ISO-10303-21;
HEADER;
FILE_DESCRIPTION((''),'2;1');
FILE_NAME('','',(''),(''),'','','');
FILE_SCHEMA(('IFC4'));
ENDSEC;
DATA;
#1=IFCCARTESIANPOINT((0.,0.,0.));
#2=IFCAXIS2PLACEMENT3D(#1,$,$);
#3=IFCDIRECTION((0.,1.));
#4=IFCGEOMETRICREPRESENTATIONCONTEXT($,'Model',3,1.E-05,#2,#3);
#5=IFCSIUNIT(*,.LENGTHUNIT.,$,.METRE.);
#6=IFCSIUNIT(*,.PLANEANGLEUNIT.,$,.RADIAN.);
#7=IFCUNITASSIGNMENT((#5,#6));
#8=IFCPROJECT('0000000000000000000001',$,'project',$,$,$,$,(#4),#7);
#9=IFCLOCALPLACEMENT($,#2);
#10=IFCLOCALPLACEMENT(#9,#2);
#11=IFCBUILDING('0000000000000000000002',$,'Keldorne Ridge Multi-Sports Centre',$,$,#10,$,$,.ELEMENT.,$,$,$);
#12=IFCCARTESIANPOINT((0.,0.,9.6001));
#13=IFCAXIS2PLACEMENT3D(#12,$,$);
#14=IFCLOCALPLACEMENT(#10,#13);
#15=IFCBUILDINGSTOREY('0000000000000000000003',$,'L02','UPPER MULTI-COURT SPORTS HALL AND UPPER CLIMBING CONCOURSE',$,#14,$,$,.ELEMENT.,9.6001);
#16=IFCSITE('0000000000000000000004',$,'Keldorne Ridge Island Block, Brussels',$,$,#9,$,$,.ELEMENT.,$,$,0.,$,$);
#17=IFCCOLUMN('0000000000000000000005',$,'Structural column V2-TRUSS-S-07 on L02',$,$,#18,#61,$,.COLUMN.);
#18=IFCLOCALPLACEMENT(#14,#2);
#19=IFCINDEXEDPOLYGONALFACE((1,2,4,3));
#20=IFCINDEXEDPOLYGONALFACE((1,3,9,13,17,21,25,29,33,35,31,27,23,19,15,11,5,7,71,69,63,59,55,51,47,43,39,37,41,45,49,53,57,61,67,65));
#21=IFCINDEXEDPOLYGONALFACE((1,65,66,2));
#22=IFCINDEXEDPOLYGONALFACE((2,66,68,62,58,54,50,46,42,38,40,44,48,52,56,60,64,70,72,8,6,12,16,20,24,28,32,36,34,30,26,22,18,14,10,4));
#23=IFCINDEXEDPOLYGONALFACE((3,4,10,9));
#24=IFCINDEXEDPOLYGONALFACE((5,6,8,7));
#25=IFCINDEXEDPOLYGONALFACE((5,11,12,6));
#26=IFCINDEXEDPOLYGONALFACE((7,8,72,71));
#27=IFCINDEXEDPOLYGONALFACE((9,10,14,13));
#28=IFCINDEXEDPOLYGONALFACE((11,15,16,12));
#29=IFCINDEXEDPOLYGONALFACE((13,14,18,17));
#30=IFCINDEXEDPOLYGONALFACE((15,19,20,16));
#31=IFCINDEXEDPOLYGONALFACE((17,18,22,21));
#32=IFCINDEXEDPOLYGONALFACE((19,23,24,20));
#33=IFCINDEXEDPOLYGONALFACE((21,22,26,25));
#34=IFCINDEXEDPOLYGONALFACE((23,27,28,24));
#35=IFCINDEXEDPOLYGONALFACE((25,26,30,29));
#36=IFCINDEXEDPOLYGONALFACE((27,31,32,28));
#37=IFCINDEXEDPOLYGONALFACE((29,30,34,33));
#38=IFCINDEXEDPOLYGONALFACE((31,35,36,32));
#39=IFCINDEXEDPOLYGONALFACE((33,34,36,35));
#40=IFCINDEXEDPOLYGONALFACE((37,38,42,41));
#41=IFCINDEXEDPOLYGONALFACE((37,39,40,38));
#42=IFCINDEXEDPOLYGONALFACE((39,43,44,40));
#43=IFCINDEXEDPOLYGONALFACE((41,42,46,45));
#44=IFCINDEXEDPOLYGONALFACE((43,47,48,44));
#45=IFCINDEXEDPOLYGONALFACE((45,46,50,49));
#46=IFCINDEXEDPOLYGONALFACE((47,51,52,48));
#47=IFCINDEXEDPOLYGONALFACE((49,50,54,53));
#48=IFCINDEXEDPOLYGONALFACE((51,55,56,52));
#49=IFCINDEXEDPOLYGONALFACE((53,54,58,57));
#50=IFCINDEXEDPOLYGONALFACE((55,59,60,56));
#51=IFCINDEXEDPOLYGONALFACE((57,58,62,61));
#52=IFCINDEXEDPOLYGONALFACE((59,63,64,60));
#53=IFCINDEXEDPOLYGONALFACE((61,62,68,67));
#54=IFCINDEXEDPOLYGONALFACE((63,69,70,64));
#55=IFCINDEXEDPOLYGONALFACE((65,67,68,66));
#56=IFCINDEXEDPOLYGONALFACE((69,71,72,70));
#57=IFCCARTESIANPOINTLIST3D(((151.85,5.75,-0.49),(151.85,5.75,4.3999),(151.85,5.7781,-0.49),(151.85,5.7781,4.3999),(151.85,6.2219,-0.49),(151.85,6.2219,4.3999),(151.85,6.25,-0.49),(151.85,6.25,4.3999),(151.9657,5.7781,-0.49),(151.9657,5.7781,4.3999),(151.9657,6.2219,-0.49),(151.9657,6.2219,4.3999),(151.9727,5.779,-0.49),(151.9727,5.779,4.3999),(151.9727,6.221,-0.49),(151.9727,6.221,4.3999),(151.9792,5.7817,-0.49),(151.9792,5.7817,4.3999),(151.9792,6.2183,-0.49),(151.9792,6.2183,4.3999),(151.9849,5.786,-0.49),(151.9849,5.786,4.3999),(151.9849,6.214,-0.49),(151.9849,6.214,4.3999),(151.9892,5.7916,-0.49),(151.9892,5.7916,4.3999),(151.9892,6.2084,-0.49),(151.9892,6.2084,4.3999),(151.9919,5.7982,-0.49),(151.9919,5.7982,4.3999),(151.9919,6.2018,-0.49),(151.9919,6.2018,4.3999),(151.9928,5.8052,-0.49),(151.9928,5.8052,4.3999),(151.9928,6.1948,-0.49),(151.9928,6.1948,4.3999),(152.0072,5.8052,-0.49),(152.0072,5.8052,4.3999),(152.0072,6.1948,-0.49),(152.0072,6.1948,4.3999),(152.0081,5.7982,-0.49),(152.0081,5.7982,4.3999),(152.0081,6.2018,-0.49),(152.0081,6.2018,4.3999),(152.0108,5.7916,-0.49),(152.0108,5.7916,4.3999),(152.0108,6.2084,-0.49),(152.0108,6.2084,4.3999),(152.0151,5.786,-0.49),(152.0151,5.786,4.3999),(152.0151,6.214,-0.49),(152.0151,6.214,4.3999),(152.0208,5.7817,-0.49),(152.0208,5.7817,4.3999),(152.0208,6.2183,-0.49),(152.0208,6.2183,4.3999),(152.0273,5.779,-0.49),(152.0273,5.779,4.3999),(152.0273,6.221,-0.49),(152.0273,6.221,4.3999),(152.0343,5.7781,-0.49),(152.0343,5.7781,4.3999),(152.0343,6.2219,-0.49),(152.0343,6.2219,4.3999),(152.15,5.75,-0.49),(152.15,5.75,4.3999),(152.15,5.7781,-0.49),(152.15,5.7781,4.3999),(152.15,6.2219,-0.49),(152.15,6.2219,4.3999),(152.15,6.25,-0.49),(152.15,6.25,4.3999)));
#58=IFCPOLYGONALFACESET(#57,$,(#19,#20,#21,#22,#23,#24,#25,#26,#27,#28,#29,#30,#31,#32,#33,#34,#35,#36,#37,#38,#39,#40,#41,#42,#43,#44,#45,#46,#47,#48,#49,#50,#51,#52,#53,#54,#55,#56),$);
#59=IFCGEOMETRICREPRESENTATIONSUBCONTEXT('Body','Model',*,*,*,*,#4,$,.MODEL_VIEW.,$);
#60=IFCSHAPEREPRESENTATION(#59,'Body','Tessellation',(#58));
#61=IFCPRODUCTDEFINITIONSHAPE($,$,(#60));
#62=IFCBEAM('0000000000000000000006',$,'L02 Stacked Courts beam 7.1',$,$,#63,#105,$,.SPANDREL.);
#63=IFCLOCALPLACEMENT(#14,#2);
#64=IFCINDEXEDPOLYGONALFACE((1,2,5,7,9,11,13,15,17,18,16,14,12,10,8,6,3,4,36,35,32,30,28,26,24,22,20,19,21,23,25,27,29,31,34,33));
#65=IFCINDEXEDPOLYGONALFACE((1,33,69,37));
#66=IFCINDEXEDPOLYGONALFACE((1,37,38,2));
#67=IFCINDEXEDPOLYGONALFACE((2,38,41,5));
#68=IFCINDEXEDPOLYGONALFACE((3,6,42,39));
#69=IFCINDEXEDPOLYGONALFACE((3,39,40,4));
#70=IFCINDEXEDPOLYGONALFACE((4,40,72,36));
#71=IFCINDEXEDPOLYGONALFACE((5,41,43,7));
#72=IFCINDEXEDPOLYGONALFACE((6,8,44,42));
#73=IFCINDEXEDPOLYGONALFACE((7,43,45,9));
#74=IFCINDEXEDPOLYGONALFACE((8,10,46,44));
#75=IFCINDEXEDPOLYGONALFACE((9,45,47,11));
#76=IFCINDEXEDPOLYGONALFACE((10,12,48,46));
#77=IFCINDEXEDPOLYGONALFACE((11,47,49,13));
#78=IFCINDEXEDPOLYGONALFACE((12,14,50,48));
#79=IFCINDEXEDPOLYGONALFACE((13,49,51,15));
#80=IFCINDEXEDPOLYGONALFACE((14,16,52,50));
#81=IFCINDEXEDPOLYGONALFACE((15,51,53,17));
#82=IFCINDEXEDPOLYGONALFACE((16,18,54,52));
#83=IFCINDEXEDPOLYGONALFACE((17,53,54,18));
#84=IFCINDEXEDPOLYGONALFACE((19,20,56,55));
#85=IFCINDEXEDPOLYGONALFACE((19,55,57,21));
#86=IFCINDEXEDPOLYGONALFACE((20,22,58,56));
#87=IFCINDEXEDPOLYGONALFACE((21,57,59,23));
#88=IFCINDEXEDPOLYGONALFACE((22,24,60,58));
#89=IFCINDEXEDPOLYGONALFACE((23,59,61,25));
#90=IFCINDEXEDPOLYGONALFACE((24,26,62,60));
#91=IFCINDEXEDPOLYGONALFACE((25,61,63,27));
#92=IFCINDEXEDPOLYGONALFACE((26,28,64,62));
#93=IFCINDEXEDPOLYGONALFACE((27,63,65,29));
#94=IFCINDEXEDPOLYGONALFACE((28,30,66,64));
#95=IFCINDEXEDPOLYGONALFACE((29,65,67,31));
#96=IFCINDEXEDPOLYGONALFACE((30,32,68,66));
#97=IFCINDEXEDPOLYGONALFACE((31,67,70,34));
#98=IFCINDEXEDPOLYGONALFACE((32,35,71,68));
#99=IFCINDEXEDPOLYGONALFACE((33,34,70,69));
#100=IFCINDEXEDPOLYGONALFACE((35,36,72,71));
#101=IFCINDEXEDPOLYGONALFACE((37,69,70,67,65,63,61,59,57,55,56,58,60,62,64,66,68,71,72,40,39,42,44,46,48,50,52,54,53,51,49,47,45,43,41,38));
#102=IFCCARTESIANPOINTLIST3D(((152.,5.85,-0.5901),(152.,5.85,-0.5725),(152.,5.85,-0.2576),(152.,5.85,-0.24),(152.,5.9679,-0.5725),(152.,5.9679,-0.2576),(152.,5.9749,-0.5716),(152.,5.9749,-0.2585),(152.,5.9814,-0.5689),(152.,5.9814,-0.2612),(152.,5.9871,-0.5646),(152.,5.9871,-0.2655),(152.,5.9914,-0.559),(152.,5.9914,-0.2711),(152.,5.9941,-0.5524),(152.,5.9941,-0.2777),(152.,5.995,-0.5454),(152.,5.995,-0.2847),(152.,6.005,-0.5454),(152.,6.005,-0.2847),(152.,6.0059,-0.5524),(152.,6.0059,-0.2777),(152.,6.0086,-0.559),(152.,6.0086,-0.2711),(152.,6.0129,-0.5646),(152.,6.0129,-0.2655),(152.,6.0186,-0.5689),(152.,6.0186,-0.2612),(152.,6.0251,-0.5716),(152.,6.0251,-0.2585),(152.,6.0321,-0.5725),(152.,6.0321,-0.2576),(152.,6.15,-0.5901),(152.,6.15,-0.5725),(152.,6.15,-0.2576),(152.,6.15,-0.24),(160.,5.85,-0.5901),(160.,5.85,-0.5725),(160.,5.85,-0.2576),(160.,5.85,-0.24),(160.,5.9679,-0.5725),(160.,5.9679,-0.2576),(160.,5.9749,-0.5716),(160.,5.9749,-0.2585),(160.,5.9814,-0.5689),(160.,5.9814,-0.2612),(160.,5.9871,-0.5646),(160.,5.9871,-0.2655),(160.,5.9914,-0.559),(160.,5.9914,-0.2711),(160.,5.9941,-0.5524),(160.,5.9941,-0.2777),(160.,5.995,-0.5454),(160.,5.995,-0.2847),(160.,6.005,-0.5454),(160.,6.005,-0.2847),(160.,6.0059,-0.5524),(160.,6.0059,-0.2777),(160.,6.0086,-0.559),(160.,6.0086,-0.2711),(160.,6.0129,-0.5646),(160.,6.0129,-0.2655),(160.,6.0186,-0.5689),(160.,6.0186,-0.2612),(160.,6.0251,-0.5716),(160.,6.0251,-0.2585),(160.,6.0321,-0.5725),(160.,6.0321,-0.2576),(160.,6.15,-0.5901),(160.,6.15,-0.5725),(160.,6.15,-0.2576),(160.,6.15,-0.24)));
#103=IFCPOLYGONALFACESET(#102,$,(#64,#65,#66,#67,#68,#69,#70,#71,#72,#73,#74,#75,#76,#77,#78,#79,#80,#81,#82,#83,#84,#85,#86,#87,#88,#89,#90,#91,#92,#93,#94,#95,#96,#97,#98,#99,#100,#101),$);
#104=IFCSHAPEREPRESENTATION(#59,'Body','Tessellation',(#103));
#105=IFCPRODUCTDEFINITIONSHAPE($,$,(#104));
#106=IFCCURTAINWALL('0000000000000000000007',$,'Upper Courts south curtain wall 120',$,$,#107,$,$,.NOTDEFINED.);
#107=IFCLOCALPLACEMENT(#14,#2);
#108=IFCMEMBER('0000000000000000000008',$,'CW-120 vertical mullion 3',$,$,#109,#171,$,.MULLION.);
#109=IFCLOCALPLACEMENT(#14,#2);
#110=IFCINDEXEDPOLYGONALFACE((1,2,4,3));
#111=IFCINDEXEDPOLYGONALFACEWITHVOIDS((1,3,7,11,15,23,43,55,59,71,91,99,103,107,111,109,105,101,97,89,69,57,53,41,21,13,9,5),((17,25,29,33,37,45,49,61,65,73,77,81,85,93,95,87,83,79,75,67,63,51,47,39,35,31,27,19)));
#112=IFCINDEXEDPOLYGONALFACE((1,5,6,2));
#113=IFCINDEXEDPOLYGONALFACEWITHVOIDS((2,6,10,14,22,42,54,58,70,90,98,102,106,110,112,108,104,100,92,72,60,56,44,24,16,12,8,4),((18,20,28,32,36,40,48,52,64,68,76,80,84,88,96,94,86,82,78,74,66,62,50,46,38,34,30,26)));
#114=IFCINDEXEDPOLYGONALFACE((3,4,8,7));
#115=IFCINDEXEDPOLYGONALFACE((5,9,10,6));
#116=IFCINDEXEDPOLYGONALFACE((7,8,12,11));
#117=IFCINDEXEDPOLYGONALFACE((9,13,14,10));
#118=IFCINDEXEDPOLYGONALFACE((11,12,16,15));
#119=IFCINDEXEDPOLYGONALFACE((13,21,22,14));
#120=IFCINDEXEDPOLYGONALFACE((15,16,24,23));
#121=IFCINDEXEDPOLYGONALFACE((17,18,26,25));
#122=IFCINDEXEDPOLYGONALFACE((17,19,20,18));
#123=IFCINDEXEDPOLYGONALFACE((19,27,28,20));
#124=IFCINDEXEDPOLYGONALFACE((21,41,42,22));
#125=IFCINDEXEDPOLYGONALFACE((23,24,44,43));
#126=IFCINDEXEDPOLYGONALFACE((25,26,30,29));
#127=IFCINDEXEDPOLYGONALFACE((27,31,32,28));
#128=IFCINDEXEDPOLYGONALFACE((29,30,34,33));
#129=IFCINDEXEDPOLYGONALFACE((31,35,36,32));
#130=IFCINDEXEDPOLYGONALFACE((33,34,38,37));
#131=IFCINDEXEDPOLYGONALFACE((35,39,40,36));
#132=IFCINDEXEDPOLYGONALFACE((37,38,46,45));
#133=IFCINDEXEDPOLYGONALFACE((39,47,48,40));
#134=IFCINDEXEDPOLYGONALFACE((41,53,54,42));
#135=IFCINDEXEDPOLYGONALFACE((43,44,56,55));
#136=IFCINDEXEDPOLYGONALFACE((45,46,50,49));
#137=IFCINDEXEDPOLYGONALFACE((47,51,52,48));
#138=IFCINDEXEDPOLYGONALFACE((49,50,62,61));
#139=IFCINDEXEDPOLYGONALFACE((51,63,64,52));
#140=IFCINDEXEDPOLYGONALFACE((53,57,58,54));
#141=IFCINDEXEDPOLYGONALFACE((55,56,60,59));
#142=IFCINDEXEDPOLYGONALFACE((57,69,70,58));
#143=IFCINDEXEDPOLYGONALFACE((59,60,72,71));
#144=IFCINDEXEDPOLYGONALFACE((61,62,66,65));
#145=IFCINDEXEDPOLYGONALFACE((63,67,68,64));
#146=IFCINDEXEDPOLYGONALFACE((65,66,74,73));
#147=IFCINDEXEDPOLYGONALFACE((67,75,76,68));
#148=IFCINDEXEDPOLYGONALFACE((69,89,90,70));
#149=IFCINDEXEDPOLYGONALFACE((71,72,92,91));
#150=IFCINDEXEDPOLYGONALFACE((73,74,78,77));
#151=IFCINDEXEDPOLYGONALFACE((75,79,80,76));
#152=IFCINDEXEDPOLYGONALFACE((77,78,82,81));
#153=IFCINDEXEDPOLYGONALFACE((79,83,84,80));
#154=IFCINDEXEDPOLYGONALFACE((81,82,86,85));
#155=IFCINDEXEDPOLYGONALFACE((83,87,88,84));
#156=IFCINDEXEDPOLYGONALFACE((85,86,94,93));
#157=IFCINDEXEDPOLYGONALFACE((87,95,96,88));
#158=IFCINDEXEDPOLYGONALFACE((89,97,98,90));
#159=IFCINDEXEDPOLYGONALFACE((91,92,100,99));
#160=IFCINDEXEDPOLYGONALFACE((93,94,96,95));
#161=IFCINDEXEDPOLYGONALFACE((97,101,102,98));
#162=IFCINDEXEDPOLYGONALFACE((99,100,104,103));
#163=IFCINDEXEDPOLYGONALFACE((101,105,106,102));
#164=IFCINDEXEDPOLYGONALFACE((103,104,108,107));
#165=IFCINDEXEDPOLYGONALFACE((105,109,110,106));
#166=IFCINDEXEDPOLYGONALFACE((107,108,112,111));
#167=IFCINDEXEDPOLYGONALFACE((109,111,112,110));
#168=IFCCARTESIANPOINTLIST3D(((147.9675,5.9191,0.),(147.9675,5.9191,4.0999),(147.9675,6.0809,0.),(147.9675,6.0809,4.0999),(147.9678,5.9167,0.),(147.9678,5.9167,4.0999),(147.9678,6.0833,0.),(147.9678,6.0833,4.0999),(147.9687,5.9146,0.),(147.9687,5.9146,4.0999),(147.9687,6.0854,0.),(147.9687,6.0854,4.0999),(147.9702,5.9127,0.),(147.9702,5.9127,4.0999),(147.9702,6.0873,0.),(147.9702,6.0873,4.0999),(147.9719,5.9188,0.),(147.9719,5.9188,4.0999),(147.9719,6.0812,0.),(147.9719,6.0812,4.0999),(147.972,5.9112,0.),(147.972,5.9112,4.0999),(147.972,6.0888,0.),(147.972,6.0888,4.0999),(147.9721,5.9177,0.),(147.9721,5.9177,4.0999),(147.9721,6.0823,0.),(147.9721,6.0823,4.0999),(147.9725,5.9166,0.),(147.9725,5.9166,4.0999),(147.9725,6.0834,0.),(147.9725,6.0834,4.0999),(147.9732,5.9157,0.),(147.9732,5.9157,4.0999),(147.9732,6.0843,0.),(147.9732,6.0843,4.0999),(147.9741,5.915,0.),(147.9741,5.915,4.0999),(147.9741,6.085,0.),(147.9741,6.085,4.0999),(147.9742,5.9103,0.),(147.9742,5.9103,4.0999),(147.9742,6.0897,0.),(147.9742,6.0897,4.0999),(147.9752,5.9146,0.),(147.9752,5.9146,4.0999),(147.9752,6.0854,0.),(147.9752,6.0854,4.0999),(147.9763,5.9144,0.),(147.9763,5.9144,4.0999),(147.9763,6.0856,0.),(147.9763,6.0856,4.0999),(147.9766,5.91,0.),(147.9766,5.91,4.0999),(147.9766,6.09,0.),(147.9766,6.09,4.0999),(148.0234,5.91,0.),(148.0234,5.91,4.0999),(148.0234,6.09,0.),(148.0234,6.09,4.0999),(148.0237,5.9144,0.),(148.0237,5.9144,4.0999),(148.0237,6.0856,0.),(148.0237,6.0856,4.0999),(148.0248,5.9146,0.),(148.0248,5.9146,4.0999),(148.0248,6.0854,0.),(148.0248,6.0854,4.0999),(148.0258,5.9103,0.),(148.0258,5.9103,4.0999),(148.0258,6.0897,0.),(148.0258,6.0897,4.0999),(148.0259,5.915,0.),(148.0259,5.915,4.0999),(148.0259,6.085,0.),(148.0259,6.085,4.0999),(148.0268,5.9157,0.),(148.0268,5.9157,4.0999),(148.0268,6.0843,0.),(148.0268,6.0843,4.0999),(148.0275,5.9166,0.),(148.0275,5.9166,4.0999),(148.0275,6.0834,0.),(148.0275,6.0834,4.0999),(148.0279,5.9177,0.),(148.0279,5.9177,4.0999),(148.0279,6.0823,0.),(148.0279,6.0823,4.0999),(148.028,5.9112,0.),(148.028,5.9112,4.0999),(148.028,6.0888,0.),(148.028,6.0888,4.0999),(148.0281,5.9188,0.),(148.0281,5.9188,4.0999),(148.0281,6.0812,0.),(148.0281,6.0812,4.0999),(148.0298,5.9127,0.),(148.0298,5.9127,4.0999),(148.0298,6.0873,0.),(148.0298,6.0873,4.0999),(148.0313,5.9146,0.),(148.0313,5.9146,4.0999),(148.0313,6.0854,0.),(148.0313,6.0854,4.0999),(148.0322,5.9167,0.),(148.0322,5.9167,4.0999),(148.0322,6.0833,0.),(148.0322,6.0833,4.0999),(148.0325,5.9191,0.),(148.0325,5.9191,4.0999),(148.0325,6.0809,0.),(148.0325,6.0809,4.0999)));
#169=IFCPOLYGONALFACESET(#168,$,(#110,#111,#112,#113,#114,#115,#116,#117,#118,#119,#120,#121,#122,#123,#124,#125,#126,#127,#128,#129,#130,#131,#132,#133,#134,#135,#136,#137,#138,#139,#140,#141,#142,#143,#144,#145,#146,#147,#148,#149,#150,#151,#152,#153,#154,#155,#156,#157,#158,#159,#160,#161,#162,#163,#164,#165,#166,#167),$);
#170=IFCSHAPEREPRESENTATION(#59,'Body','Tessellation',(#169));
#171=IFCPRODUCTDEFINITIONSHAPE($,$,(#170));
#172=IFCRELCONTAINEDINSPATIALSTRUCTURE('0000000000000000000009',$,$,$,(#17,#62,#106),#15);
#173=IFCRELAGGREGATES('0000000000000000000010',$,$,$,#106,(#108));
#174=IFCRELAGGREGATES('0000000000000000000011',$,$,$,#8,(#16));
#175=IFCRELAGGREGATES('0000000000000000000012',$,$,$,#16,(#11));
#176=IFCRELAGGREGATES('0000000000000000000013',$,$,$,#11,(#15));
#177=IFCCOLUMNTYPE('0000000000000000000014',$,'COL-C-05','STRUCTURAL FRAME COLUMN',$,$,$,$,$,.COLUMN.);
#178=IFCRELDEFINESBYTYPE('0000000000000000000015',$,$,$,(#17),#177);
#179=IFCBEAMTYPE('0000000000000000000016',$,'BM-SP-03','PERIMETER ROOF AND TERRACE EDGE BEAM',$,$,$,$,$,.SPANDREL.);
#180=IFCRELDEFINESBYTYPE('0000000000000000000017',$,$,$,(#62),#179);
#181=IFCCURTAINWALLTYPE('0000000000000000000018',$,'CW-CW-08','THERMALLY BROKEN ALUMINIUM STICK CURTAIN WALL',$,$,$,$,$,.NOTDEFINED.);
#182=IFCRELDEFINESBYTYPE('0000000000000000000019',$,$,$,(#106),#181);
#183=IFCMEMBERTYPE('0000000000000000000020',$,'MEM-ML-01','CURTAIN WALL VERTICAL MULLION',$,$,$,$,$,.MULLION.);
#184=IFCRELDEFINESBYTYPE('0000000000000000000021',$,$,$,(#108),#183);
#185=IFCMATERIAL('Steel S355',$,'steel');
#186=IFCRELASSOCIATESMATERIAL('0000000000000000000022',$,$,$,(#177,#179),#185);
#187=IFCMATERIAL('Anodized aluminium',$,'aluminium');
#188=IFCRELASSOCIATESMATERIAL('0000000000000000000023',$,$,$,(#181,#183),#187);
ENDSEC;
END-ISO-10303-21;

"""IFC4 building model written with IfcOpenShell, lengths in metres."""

from ifc_helpers import new_model, si_unit, direction, frame, origin, origin_2d, place, context, subcontext, project, spatial, hollow_rectangle, i_section, extrude, material, material_profile, profile_set, type_object, element, aggregate, save


model = new_model("IFC4")

# Units and contexts
model_context = context("Model", 3, precision=1e-05, world=origin(), true_north=direction((0.0, 1.0)))
body_context = subcontext(model_context, "Body", "Model", "MODEL_VIEW")
ifc_project = project(units=[si_unit("LENGTHUNIT", "METRE"), si_unit("PLANEANGLEUNIT", "RADIAN")], contexts=[model_context])

# Site, building, storey
site_placement = place(None, origin())
site = spatial("IfcSite", under=ifc_project, at=site_placement, Name="Keldorne Ridge Island Block, Brussels", CompositionType="ELEMENT", RefElevation=0.0)
building_placement = place(site_placement, origin())
building = spatial("IfcBuilding", under=site, at=building_placement, Name="Keldorne Ridge Multi-Sports Centre", CompositionType="ELEMENT")
storey_placement = place(building_placement, frame((0.0, 0.0, 9.6001)))
storey = spatial("IfcBuildingStorey", under=building, at=storey_placement, Name="L02", Description="UPPER MULTI-COURT SPORTS HALL AND UPPER CLIMBING CONCOURSE", CompositionType="ELEMENT", Elevation=9.6001)

# Column
ifc_material_1 = material(Name="Steel S355", Category="steel")
ifc_material_profile_1 = material_profile(ifc_material_1, i_section(OverallWidth=0.3, OverallDepth=0.5, WebThickness=0.0144, FlangeThickness=0.0281, FilletRadius=0.0271, at=origin_2d()), Name="HEB 500")
ifc_profile_set_1 = profile_set([ifc_material_profile_1], Name="Steel S355")
column_type = type_object("IfcColumnType", Name="COL-C-05", Description="STRUCTURAL FRAME COLUMN", PredefinedType="COLUMN", material=ifc_profile_set_1)
column_placement = place(storey_placement, frame((152.0, 6.0, -0.49), z_axis=(0.0, 0.0, 1.0), x_axis=(1.0, 0.0, 0.0)))
element("IfcColumn", 1, at=column_placement, inside=storey, type_object=column_type, Name="Structural column V2-TRUSS-S-07 on L02", PredefinedType="COLUMN", context=body_context, shape_type="SweptSolid", body=[
    extrude(i_section(OverallWidth=0.3, OverallDepth=0.5, WebThickness=0.0144, FlangeThickness=0.0281, FilletRadius=0.0271, at=origin_2d()), origin(), (0.0, 0.0, 1.0), 4.8899),
])

# Beam
ifc_material_profile_2 = material_profile(ifc_material_1, i_section(OverallWidth=0.3, OverallDepth=0.3501, WebThickness=0.01, FlangeThickness=0.0176, FilletRadius=0.0271, at=origin_2d()), Name="HEA 360")
ifc_profile_set_2 = profile_set([ifc_material_profile_2], Name="Steel S355")
beam_type = type_object("IfcBeamType", Name="BM-SP-03", Description="PERIMETER ROOF AND TERRACE EDGE BEAM", PredefinedType="SPANDREL", material=ifc_profile_set_2)
beam_placement = place(storey_placement, frame((152.0, 6.0, -0.415), z_axis=(1.0, 0.0, 0.0), x_axis=(0.0, 1.0, 0.0)))
element("IfcBeam", 2, at=beam_placement, inside=storey, type_object=beam_type, Name="L02 Stacked Courts beam 7.1", PredefinedType="SPANDREL", context=body_context, shape_type="SweptSolid", body=[
    extrude(i_section(OverallWidth=0.3, OverallDepth=0.3501, WebThickness=0.01, FlangeThickness=0.0176, FilletRadius=0.0271, at=origin_2d()), origin(), (0.0, 0.0, 1.0), 8.0),
])

# Curtain wall, member
ifc_material_2 = material(Name="Anodized aluminium", Category="aluminium")
curtain_wall_type_1 = type_object("IfcCurtainWallType", Name="CW-CW-08", Description="THERMALLY BROKEN ALUMINIUM STICK CURTAIN WALL", PredefinedType="NOTDEFINED", material=ifc_material_2)
curtain_wall_1_placement = place(storey_placement, origin())
curtain_wall_1 = element("IfcCurtainWall", 3, at=curtain_wall_1_placement, inside=storey, type_object=curtain_wall_type_1, Name="Upper Courts south curtain wall 120", PredefinedType="NOTDEFINED")
ifc_material_profile_3 = material_profile(ifc_material_2, hollow_rectangle(XDim=0.0649, YDim=0.1799, WallThickness=0.0044, InnerFilletRadius=0.0044, OuterFilletRadius=0.009, at=origin_2d()), Name="ALU MULLION 180x65x4.5")
ifc_profile_set_3 = profile_set([ifc_material_profile_3], Name="Anodized aluminium")
member_type_1 = type_object("IfcMemberType", Name="MEM-ML-01", Description="CURTAIN WALL VERTICAL MULLION", PredefinedType="MULLION", material=ifc_profile_set_3)
member_1_placement = place(storey_placement, frame((148.0, 6.0, 0.0), z_axis=(0.0, 0.0, 1.0), x_axis=(1.0, 0.0, 0.0)))
member_1 = element("IfcMember", 4, at=member_1_placement, type_object=member_type_1, Name="CW-120 vertical mullion 3", PredefinedType="MULLION", context=body_context, shape_type="SweptSolid", body=[
    extrude(hollow_rectangle(XDim=0.0649, YDim=0.1799, WallThickness=0.0044, InnerFilletRadius=0.0044, OuterFilletRadius=0.009, at=origin_2d()), origin(), (0.0, 0.0, 1.0), 4.0999),
])

aggregate(curtain_wall_1, [member_1])

save(model, "model.ifc")
